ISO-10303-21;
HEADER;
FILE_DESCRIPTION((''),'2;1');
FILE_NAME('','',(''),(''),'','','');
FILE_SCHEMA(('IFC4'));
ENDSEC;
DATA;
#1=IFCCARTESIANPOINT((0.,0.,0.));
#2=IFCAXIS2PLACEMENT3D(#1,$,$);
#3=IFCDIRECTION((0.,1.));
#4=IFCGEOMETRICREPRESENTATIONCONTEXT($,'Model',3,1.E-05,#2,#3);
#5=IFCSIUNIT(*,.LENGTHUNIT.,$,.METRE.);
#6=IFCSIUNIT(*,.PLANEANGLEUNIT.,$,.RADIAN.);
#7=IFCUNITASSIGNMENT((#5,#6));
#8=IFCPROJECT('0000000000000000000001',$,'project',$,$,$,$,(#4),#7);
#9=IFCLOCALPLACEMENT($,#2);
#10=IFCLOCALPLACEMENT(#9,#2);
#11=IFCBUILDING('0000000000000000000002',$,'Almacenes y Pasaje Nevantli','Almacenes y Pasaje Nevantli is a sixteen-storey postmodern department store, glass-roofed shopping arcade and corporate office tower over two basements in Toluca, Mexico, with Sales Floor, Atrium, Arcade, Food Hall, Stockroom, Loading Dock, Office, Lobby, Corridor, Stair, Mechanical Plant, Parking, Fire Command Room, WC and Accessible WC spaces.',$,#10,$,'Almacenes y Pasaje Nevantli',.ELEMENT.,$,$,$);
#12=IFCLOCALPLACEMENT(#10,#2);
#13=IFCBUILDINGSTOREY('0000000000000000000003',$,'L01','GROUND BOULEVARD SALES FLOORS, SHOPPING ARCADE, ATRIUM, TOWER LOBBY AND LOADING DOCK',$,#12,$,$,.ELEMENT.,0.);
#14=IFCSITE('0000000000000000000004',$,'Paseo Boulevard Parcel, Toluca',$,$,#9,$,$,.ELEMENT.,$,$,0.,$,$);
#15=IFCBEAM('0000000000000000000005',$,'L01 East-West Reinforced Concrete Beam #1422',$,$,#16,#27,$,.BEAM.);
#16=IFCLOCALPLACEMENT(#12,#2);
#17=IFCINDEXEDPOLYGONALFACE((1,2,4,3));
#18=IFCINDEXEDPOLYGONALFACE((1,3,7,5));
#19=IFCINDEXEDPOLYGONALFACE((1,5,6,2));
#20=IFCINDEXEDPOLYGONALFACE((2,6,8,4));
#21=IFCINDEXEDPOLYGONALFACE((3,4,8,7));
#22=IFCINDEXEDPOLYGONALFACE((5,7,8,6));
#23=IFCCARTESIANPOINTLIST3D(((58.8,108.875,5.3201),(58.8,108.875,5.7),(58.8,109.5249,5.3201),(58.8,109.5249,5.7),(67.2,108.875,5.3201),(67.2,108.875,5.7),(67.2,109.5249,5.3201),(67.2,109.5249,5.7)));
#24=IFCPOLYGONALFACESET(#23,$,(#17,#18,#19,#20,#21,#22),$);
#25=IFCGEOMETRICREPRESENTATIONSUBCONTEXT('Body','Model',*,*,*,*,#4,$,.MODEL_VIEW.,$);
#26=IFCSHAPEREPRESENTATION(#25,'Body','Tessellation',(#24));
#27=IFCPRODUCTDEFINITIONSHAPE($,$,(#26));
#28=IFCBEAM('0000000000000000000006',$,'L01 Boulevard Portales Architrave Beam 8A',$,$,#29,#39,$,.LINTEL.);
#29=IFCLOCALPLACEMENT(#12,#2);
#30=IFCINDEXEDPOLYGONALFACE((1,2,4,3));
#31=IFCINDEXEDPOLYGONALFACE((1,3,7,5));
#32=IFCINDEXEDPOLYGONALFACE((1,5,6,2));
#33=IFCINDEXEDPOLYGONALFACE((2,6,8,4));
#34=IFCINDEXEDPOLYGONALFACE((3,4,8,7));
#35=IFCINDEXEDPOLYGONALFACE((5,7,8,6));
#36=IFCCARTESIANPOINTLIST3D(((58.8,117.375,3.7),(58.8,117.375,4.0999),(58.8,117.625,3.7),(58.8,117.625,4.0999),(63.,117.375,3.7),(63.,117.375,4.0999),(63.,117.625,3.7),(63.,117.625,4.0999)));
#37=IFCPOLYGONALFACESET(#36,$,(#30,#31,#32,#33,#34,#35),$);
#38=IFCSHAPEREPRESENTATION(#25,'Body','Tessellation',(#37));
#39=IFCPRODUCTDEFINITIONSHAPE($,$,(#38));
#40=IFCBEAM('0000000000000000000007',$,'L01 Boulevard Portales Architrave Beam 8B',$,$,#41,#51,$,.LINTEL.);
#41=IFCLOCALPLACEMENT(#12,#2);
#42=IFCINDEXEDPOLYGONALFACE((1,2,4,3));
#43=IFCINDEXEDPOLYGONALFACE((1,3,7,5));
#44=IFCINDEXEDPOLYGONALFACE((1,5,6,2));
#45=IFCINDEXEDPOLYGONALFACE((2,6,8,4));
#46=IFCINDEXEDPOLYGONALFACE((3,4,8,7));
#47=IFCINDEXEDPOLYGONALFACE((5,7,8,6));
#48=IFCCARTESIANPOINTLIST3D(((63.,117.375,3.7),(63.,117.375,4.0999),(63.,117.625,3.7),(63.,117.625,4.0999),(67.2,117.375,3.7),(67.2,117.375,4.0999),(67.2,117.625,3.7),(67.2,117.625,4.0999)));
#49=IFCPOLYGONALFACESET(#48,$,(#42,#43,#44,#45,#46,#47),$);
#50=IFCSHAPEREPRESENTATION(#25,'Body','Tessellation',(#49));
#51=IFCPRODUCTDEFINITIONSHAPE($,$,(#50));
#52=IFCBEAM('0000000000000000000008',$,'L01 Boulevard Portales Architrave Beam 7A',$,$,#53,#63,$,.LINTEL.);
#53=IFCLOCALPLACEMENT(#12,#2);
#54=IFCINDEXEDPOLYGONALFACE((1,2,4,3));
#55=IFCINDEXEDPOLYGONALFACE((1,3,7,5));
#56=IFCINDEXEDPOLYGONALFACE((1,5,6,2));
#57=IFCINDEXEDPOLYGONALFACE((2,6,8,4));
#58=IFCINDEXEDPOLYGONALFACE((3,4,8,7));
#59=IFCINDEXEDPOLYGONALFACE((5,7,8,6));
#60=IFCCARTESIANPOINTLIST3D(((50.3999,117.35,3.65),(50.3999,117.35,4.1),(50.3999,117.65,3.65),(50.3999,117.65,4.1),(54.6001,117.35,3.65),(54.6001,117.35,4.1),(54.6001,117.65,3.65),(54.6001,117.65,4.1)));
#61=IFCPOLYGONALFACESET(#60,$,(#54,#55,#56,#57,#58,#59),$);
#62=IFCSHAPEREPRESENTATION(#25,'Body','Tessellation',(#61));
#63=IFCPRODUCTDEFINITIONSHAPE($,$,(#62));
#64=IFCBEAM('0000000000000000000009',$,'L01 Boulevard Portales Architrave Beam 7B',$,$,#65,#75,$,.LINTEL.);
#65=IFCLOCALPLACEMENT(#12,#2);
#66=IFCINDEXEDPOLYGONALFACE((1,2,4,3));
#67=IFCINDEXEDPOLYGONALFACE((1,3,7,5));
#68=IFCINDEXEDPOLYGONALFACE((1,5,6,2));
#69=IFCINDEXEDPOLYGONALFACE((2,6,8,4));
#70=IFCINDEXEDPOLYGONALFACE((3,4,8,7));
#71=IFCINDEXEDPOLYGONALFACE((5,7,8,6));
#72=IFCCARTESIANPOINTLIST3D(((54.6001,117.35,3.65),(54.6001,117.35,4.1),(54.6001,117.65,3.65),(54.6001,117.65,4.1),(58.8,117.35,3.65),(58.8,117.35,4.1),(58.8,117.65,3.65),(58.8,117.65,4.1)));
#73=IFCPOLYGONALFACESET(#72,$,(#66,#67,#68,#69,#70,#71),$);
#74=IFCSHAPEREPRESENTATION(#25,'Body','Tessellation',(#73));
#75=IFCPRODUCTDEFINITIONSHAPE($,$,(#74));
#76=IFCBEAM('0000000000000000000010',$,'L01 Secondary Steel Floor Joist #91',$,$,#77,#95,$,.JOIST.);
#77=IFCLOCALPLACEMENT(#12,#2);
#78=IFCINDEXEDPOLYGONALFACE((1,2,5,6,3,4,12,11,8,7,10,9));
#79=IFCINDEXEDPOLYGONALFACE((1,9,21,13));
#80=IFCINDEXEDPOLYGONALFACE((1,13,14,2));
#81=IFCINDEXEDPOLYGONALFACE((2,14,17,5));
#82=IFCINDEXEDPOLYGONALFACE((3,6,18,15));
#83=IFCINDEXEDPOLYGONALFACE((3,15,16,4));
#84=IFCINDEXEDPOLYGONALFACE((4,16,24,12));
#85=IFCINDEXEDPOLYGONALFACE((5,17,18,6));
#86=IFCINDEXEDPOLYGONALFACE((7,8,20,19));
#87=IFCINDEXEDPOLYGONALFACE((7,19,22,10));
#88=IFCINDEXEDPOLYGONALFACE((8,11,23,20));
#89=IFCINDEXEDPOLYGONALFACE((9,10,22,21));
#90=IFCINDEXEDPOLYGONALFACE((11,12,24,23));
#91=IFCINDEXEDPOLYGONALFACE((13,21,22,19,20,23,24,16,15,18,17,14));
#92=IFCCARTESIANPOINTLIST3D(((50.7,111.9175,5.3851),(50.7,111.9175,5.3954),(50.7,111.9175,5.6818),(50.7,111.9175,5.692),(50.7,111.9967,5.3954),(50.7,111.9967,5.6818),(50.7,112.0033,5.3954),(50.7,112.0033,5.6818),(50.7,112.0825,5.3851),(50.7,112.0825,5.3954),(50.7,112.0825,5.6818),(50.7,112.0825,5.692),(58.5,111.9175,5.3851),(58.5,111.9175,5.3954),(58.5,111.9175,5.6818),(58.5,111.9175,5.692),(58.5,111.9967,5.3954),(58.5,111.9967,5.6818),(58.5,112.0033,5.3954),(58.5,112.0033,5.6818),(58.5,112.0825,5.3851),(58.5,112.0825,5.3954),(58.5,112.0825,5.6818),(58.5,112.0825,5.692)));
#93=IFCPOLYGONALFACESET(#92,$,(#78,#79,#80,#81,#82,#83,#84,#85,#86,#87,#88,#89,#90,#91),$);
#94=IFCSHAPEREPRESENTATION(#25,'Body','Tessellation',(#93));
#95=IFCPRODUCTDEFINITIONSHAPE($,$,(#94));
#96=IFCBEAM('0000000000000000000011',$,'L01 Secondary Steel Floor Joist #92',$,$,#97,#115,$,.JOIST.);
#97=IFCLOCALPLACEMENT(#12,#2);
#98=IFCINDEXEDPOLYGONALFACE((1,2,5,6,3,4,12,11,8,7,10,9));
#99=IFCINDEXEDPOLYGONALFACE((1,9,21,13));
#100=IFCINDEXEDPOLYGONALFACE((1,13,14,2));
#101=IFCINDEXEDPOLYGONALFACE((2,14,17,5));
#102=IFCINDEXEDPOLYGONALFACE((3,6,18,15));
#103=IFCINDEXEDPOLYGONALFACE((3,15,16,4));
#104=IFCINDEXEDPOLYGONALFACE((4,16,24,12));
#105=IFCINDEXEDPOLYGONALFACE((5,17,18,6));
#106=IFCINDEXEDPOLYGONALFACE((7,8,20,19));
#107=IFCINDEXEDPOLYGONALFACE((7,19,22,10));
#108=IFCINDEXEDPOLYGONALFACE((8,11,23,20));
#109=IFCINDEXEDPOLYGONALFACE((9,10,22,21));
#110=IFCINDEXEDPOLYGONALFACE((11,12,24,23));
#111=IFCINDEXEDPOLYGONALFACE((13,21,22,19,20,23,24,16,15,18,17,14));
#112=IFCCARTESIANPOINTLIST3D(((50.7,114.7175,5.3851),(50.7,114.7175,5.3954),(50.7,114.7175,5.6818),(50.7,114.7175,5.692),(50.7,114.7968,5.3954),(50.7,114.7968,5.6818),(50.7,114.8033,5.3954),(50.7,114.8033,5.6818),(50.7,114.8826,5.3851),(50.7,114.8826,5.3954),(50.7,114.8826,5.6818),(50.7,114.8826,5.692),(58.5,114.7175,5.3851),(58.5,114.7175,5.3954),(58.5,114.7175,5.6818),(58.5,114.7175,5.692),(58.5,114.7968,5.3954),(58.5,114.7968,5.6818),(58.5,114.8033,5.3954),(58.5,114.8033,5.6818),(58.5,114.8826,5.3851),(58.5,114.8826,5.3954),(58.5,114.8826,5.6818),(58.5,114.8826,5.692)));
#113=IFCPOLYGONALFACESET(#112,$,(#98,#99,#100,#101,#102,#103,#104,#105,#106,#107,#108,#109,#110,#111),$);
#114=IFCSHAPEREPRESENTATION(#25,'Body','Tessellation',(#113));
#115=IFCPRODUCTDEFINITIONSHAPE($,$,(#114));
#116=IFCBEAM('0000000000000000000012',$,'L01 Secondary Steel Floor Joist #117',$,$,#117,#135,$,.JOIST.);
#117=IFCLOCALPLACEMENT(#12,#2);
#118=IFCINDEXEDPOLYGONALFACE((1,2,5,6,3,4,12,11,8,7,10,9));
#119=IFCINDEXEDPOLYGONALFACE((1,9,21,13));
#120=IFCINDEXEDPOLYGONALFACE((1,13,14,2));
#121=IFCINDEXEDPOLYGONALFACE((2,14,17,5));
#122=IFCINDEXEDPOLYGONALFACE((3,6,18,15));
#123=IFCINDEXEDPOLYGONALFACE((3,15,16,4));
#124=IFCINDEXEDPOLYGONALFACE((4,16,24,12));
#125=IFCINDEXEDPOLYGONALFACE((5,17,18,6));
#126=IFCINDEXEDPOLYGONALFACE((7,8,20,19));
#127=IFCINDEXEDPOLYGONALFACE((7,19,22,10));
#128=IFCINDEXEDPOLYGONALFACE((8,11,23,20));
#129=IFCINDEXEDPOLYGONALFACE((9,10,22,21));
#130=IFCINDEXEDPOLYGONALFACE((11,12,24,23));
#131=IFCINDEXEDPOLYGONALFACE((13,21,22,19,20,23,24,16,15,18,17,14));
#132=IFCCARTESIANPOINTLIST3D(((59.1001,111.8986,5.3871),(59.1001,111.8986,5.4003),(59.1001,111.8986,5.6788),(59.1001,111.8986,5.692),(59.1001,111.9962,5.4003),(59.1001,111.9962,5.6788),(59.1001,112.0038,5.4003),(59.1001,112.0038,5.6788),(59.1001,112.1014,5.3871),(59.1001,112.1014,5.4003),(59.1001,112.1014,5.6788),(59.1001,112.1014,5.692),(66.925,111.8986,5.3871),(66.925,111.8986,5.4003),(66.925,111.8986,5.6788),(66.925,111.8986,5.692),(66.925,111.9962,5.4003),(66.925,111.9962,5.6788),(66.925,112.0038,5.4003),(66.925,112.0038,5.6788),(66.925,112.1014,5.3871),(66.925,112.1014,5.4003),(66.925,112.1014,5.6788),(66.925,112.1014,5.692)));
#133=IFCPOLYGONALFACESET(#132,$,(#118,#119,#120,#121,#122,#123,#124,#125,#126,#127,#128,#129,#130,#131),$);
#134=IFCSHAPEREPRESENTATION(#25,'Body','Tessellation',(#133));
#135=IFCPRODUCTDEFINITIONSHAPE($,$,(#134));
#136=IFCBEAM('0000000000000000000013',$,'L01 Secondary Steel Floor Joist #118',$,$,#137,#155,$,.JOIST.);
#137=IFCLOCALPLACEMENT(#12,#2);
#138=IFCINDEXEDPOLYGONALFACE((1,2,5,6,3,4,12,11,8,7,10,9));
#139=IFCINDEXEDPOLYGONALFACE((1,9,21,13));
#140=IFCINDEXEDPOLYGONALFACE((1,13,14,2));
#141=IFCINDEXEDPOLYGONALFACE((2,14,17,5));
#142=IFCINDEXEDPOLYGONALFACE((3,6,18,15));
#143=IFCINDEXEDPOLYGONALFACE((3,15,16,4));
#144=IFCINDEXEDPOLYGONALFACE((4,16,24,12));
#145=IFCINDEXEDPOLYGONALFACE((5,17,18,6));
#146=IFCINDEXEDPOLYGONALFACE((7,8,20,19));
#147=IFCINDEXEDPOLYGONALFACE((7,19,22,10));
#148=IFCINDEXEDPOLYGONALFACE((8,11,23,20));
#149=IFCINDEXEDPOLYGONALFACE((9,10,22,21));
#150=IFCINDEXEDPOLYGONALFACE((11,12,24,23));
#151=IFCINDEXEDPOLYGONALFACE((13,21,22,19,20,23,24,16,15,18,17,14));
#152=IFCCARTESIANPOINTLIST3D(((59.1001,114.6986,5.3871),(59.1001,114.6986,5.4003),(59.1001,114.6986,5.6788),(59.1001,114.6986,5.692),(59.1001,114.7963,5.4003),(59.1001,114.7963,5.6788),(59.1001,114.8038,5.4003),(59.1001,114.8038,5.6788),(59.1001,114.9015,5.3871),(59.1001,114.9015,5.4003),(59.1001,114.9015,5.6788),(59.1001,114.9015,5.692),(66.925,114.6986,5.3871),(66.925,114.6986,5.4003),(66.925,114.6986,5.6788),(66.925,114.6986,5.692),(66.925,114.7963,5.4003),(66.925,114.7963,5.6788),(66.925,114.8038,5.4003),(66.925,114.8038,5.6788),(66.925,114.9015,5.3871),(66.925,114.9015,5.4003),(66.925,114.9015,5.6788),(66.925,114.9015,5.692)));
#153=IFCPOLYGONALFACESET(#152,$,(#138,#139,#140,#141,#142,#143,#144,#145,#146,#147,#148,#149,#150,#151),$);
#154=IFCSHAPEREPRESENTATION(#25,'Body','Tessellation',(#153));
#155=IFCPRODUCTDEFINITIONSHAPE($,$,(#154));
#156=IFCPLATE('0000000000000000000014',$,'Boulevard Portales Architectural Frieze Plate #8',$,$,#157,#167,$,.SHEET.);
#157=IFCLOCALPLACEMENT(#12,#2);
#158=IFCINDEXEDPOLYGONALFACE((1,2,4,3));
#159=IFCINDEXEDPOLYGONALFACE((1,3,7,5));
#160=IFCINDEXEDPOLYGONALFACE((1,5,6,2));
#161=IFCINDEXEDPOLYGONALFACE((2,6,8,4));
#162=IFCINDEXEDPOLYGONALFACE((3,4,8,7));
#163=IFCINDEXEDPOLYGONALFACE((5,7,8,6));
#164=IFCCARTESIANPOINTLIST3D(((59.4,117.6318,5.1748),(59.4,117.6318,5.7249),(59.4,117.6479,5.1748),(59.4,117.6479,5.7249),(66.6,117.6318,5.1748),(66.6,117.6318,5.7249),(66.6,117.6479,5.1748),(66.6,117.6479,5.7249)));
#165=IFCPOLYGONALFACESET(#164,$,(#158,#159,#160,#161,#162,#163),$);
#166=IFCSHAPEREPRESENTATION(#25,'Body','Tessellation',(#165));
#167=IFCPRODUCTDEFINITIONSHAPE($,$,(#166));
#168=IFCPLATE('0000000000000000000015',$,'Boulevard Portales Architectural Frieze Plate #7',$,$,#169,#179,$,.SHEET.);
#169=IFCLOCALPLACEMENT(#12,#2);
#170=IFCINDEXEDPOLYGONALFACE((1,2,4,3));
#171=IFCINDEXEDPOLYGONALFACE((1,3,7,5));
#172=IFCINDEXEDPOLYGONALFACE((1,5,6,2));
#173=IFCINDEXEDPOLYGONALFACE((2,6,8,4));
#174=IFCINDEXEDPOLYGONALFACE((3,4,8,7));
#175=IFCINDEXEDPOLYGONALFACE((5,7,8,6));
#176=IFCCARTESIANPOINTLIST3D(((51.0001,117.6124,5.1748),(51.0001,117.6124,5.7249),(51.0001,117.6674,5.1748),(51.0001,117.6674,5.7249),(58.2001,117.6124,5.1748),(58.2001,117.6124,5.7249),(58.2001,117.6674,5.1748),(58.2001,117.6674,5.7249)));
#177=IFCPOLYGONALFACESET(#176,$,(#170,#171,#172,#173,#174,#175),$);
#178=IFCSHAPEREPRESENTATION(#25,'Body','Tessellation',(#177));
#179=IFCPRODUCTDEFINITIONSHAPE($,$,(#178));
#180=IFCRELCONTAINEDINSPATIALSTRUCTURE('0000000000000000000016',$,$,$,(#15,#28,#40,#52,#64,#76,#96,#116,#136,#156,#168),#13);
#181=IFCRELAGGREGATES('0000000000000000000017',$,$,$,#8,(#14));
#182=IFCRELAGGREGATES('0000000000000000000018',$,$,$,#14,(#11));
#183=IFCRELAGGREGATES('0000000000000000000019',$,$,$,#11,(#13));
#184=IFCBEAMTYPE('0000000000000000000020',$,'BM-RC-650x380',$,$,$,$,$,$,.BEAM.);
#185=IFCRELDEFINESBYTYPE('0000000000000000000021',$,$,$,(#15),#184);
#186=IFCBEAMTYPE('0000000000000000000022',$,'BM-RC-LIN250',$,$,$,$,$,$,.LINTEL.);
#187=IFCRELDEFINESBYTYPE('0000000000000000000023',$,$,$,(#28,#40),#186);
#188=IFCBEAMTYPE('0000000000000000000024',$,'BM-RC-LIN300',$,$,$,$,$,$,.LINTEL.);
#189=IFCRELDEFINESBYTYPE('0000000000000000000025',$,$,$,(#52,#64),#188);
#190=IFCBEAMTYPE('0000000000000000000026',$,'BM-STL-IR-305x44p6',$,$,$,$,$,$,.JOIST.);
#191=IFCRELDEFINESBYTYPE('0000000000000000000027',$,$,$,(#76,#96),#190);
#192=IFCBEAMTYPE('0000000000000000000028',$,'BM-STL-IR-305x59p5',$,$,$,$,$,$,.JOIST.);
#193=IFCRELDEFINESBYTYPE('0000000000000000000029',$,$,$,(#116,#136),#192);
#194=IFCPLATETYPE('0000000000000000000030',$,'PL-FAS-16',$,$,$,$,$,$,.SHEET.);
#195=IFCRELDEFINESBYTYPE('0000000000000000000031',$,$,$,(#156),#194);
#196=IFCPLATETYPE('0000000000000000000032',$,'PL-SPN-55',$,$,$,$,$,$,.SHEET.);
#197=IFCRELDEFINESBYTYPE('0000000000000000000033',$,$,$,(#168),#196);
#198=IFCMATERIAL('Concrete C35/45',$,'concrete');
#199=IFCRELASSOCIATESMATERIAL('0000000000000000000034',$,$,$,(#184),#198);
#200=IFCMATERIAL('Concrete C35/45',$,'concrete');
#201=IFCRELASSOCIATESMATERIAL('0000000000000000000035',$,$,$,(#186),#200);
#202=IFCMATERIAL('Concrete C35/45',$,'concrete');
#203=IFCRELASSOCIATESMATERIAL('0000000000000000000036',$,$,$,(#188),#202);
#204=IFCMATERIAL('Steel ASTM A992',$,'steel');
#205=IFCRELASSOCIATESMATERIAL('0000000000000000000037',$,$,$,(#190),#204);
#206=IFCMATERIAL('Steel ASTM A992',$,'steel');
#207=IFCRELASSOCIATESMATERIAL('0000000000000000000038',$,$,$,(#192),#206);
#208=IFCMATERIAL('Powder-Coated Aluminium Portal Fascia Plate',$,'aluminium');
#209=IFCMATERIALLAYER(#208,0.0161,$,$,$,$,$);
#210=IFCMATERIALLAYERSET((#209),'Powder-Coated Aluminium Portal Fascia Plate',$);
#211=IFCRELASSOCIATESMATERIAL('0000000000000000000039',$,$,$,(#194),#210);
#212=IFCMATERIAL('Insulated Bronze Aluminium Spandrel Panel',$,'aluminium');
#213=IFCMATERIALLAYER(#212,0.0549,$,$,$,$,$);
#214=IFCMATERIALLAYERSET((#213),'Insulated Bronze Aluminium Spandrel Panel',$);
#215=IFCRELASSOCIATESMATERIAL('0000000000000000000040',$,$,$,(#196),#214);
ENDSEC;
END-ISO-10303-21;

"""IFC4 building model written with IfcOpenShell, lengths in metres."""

from ifc_helpers import new_model, si_unit, direction, frame, origin, origin_2d, place, context, subcontext, project, spatial, rectangle, i_section, extrude, material, layer, layer_set, material_profile, profile_set, type_object, element, save


model = new_model("IFC4")

# Units and contexts
model_context = context("Model", 3, precision=1e-05, world=origin(), true_north=direction((0.0, 1.0)))
body_context = subcontext(model_context, "Body", "Model", "MODEL_VIEW")
ifc_project = project(units=[si_unit("LENGTHUNIT", "METRE"), si_unit("PLANEANGLEUNIT", "RADIAN")], contexts=[model_context])

# Site, building, storey
site_placement = place(None, origin())
site = spatial("IfcSite", under=ifc_project, at=site_placement, Name="Paseo Boulevard Parcel, Toluca", CompositionType="ELEMENT", RefElevation=0.0)
building_placement = place(site_placement, origin())
building = spatial("IfcBuilding", under=site, at=building_placement, Name="Almacenes y Pasaje Nevantli", Description="Almacenes y Pasaje Nevantli is a sixteen-storey postmodern department store, glass-roofed shopping arcade and corporate office tower over two basements in Toluca, Mexico, with Sales Floor, Atrium, Arcade, Food Hall, Stockroom, Loading Dock, Office, Lobby, Corridor, Stair, Mechanical Plant, Parking, Fire Command Room, WC and Accessible WC spaces.", LongName="Almacenes y Pasaje Nevantli", CompositionType="ELEMENT")
storey_placement = place(building_placement, origin())
storey = spatial("IfcBuildingStorey", under=building, at=storey_placement, Name="L01", Description="GROUND BOULEVARD SALES FLOORS, SHOPPING ARCADE, ATRIUM, TOWER LOBBY AND LOADING DOCK", CompositionType="ELEMENT", Elevation=0.0)

# Beams
ifc_material_1 = material(Name="Concrete C35/45", Category="concrete")
ifc_material_profile_1 = material_profile(ifc_material_1, rectangle(XDim=0.6499, YDim=0.3799, at=origin_2d()), Name="RC-BM-650x380")
ifc_profile_set_1 = profile_set([ifc_material_profile_1], Name="Concrete C35/45")
beam_type_1 = type_object("IfcBeamType", Name="BM-RC-650x380", PredefinedType="BEAM", material=ifc_profile_set_1)
beam_1_placement = place(storey_placement, frame((58.8, 109.2, 5.51), z_axis=(1.0, 0.0, 0.0), x_axis=(0.0, 1.0, 0.0)))
element("IfcBeam", 1, at=beam_1_placement, inside=storey, type_object=beam_type_1, Name="L01 East-West Reinforced Concrete Beam #1422", PredefinedType="BEAM", context=body_context, shape_type="SweptSolid", body=[
    extrude(rectangle(XDim=0.6499, YDim=0.3799, at=origin_2d()), origin(), (0.0, 0.0, 1.0), 8.3999),
])
ifc_material_2 = material(Name="Concrete C35/45", Category="concrete")
ifc_material_profile_2 = material_profile(ifc_material_2, rectangle(XDim=0.25, YDim=0.3999, at=origin_2d()), Name="RC-LIN-250x400")
ifc_profile_set_2 = profile_set([ifc_material_profile_2], Name="Concrete C35/45")
beam_type_2 = type_object("IfcBeamType", Name="BM-RC-LIN250", PredefinedType="LINTEL", material=ifc_profile_set_2)
for number, where, z_axis, x_axis, name in (
    (2, (58.8, 117.5, 3.8999), (1.0, 0.0, 0.0), (0.0, 1.0, 0.0), "L01 Boulevard Portales Architrave Beam 8A"),
    (3, (63.0, 117.5, 3.8999), (1.0, 0.0, 0.0), (0.0, 1.0, 0.0), "L01 Boulevard Portales Architrave Beam 8B"),
):
    element("IfcBeam", number, at=place(storey_placement, frame(where, z_axis=z_axis, x_axis=x_axis)), inside=storey, type_object=beam_type_2, Name=name, PredefinedType="LINTEL", context=body_context, shape_type="SweptSolid", body=[
        extrude(rectangle(XDim=0.25, YDim=0.3999, at=origin_2d()), origin(), (0.0, 0.0, 1.0), 4.2),
    ])
ifc_material_3 = material(Name="Concrete C35/45", Category="concrete")
ifc_material_profile_3 = material_profile(ifc_material_3, rectangle(XDim=0.3, YDim=0.45, at=origin_2d()), Name="RC-LIN-300x450")
ifc_profile_set_3 = profile_set([ifc_material_profile_3], Name="Concrete C35/45")
beam_type_3 = type_object("IfcBeamType", Name="BM-RC-LIN300", PredefinedType="LINTEL", material=ifc_profile_set_3)
beam_2_placement = place(storey_placement, frame((50.3999, 117.5, 3.875), z_axis=(1.0, 0.0, 0.0), x_axis=(0.0, 1.0, 0.0)))
element("IfcBeam", 4, at=beam_2_placement, inside=storey, type_object=beam_type_3, Name="L01 Boulevard Portales Architrave Beam 7A", PredefinedType="LINTEL", context=body_context, shape_type="SweptSolid", body=[
    extrude(rectangle(XDim=0.3, YDim=0.45, at=origin_2d()), origin(), (0.0, 0.0, 1.0), 4.2002),
])
beam_3_placement = place(storey_placement, frame((54.6001, 117.5, 3.875), z_axis=(1.0, 0.0, 0.0), x_axis=(0.0, 1.0, 0.0)))
element("IfcBeam", 5, at=beam_3_placement, inside=storey, type_object=beam_type_3, Name="L01 Boulevard Portales Architrave Beam 7B", PredefinedType="LINTEL", context=body_context, shape_type="SweptSolid", body=[
    extrude(rectangle(XDim=0.3, YDim=0.45, at=origin_2d()), origin(), (0.0, 0.0, 1.0), 4.2),
])
ifc_material_4 = material(Name="Steel ASTM A992", Category="steel")
ifc_material_profile_4 = material_profile(ifc_material_4, i_section(OverallWidth=0.165, OverallDepth=0.3069, WebThickness=0.0066, FlangeThickness=0.0103, at=origin_2d()), Name="IR 305x44.6")
ifc_profile_set_4 = profile_set([ifc_material_profile_4], Name="Steel ASTM A992")
beam_type_4 = type_object("IfcBeamType", Name="BM-STL-IR-305x44p6", PredefinedType="JOIST", material=ifc_profile_set_4)
for number, where, z_axis, x_axis, name in (
    (6, (50.7, 112.0, 5.5386), (1.0, 0.0, 0.0), (0.0, 1.0, 0.0), "L01 Secondary Steel Floor Joist #91"),
    (7, (50.7, 114.8, 5.5386), (1.0, 0.0, 0.0), (0.0, 1.0, 0.0), "L01 Secondary Steel Floor Joist #92"),
):
    element("IfcBeam", number, at=place(storey_placement, frame(where, z_axis=z_axis, x_axis=x_axis)), inside=storey, type_object=beam_type_4, Name=name, PredefinedType="JOIST", context=body_context, shape_type="SweptSolid", body=[
        extrude(i_section(OverallWidth=0.165, OverallDepth=0.3069, WebThickness=0.0066, FlangeThickness=0.0103, at=origin_2d()), origin(), (0.0, 0.0, 1.0), 7.8),
    ])
ifc_material_5 = material(Name="Steel ASTM A992", Category="steel")
ifc_material_profile_5 = material_profile(ifc_material_5, i_section(OverallWidth=0.2029, OverallDepth=0.3049, WebThickness=0.0076, FlangeThickness=0.0132, at=origin_2d()), Name="IR 305x59.5")
ifc_profile_set_5 = profile_set([ifc_material_profile_5], Name="Steel ASTM A992")
beam_type_5 = type_object("IfcBeamType", Name="BM-STL-IR-305x59p5", PredefinedType="JOIST", material=ifc_profile_set_5)
for number, where, z_axis, x_axis, name in (
    (8, (59.1001, 112.0, 5.5396), (1.0, 0.0, 0.0), (0.0, 1.0, 0.0), "L01 Secondary Steel Floor Joist #117"),
    (9, (59.1001, 114.8, 5.5396), (1.0, 0.0, 0.0), (0.0, 1.0, 0.0), "L01 Secondary Steel Floor Joist #118"),
):
    element("IfcBeam", number, at=place(storey_placement, frame(where, z_axis=z_axis, x_axis=x_axis)), inside=storey, type_object=beam_type_5, Name=name, PredefinedType="JOIST", context=body_context, shape_type="SweptSolid", body=[
        extrude(i_section(OverallWidth=0.2029, OverallDepth=0.3049, WebThickness=0.0076, FlangeThickness=0.0132, at=origin_2d()), origin(), (0.0, 0.0, 1.0), 7.825),
    ])

# Plates
ifc_material_6 = material(Name="Powder-Coated Aluminium Portal Fascia Plate", Category="aluminium")
ifc_layer_1 = layer(ifc_material_6, 0.0161)
ifc_layer_set_1 = layer_set([ifc_layer_1], Name="Powder-Coated Aluminium Portal Fascia Plate")
plate_type_1 = type_object("IfcPlateType", Name="PL-FAS-16", PredefinedType="SHEET", material=ifc_layer_set_1)
plate_1_placement = place(storey_placement, frame((63.0, 117.6399, 5.1748), z_axis=(0.0, 0.0, 1.0), x_axis=(1.0, 0.0, 0.0)))
element("IfcPlate", 10, at=plate_1_placement, inside=storey, type_object=plate_type_1, Name="Boulevard Portales Architectural Frieze Plate #8", PredefinedType="SHEET", context=body_context, shape_type="SweptSolid", body=[
    extrude(rectangle(XDim=7.2, YDim=0.0161, at=origin_2d()), origin(), (0.0, 0.0, 1.0), 0.55),
])
ifc_material_7 = material(Name="Insulated Bronze Aluminium Spandrel Panel", Category="aluminium")
ifc_layer_2 = layer(ifc_material_7, 0.0549)
ifc_layer_set_2 = layer_set([ifc_layer_2], Name="Insulated Bronze Aluminium Spandrel Panel")
plate_type_2 = type_object("IfcPlateType", Name="PL-SPN-55", PredefinedType="SHEET", material=ifc_layer_set_2)
plate_2_placement = place(storey_placement, frame((54.6001, 117.6399, 5.1748), z_axis=(0.0, 0.0, 1.0), x_axis=(1.0, 0.0, 0.0)))
element("IfcPlate", 11, at=plate_2_placement, inside=storey, type_object=plate_type_2, Name="Boulevard Portales Architectural Frieze Plate #7", PredefinedType="SHEET", context=body_context, shape_type="SweptSolid", body=[
    extrude(rectangle(XDim=7.2, YDim=0.0549, at=origin_2d()), origin(), (0.0, 0.0, 1.0), 0.55),
])

save(model, "model.ifc")
